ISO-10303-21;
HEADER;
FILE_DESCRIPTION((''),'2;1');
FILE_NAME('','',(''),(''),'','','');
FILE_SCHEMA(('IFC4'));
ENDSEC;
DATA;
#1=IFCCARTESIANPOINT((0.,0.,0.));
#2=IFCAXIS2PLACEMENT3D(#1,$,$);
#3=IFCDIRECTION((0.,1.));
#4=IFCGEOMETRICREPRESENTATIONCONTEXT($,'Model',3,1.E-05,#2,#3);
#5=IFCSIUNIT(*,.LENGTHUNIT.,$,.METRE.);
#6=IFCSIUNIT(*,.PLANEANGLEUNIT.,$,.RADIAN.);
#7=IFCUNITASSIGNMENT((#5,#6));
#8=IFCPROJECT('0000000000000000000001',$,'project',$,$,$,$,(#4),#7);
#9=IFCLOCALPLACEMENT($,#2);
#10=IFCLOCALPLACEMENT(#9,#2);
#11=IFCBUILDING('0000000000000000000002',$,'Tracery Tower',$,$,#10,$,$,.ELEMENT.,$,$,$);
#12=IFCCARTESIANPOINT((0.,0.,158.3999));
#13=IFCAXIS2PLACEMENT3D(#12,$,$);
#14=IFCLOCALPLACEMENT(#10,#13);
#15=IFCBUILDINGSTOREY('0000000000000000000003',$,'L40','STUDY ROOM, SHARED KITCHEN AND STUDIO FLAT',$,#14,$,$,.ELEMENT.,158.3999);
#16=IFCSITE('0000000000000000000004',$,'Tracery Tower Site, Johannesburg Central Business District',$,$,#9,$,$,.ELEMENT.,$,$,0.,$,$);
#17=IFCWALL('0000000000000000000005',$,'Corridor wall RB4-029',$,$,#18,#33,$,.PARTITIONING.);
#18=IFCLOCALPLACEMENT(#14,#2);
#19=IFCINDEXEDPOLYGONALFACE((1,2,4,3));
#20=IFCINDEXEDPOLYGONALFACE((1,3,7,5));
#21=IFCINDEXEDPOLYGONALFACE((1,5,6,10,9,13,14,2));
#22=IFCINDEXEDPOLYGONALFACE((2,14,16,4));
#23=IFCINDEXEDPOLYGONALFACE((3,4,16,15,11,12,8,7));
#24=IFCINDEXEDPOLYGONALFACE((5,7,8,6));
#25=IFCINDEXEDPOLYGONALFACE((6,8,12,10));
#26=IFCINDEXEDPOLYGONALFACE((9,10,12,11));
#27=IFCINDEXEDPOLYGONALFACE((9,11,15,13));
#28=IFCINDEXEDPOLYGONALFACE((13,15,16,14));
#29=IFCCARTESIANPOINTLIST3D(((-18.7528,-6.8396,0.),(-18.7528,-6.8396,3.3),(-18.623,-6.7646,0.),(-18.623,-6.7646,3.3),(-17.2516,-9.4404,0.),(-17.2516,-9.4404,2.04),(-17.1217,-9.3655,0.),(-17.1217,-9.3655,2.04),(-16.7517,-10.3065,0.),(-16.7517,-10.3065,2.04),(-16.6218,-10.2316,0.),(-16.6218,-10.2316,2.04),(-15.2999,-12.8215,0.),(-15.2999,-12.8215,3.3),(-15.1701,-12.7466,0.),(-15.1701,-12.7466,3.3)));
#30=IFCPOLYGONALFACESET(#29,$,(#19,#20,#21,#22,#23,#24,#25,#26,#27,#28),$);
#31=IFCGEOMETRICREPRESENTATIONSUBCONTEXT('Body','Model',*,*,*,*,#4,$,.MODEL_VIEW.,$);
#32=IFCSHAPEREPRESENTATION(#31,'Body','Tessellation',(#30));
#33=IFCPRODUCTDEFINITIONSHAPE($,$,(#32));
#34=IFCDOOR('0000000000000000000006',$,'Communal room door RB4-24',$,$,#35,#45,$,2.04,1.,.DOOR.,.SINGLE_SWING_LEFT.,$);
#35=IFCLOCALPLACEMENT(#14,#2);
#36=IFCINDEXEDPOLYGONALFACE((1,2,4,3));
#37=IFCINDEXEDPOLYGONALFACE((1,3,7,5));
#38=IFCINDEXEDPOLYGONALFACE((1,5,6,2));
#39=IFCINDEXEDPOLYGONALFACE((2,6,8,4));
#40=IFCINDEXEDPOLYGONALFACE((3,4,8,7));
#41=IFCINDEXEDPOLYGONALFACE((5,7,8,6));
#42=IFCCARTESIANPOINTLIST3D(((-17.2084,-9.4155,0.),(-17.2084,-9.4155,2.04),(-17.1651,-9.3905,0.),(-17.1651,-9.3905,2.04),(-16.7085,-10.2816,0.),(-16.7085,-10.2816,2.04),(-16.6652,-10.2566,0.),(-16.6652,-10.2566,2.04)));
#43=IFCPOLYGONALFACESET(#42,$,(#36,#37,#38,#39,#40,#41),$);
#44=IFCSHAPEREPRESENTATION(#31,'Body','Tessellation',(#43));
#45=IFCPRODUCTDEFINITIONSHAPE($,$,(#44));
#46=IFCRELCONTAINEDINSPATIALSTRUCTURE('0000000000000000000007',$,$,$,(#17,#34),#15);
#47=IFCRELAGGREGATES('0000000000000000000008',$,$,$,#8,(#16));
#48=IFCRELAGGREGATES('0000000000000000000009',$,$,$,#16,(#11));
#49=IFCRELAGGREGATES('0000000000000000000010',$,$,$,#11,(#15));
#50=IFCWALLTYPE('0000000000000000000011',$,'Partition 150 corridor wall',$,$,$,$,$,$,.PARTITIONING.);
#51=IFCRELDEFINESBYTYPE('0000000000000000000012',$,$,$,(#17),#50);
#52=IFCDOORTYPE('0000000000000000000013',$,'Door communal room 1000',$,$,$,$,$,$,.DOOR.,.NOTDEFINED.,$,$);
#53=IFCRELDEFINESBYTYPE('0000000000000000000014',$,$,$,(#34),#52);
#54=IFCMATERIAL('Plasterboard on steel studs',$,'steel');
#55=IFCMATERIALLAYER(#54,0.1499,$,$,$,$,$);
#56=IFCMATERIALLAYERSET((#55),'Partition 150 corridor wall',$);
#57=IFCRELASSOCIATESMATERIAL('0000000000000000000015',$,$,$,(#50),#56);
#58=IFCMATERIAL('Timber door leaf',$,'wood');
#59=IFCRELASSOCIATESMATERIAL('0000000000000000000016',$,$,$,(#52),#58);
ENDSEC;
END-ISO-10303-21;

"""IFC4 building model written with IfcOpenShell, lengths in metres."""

from ifc_helpers import new_model, si_unit, direction, frame, frame_2d, origin, place, context, subcontext, project, spatial, rectangle, extrude, material, layer, layer_set, type_object, element, fill, save


model = new_model("IFC4")

# Units and contexts
model_context = context("Model", 3, precision=1e-05, world=origin(), true_north=direction((0.0, 1.0)))
body_context = subcontext(model_context, "Body", "Model", "MODEL_VIEW")
ifc_project = project(units=[si_unit("LENGTHUNIT", "METRE"), si_unit("PLANEANGLEUNIT", "RADIAN")], contexts=[model_context])

# Site, building, storey
site_placement = place(None, origin())
site = spatial("IfcSite", under=ifc_project, at=site_placement, Name="Tracery Tower Site, Johannesburg Central Business District", CompositionType="ELEMENT", RefElevation=0.0)
building_placement = place(site_placement, origin())
building = spatial("IfcBuilding", under=site, at=building_placement, Name="Tracery Tower", CompositionType="ELEMENT")
storey_placement = place(building_placement, frame((0.0, 0.0, 158.3999)))
storey = spatial("IfcBuildingStorey", under=building, at=storey_placement, Name="L40", Description="STUDY ROOM, SHARED KITCHEN AND STUDIO FLAT", CompositionType="ELEMENT", Elevation=158.3999)

# Shared definitions
ifc_material_1 = material(Name="Plasterboard on steel studs", Category="steel")
ifc_layer_1 = layer(ifc_material_1, 0.1499)
ifc_layer_set_1 = layer_set([ifc_layer_1], Name="Partition 150 corridor wall")
wall_type_1 = type_object("IfcWallType", Name="Partition 150 corridor wall", PredefinedType="PARTITIONING", material=ifc_layer_set_1)

# Wall, opening, door
wall_1_placement = place(storey_placement, frame((-18.688, -6.802, 0.0), z_axis=(0.0, 0.0, 1.0), x_axis=(0.499914, -0.866075, 0.0)))
wall_1 = element("IfcWall", 1, at=wall_1_placement, inside=storey, type_object=wall_type_1, Name="Corridor wall RB4-029", PredefinedType="PARTITIONING", context=body_context, shape_type="SweptSolid", body=[
    extrude(rectangle(XDim=6.907, YDim=0.1499, at=frame_2d((3.4536, 0.0))), origin(), (0.0, 0.0, 1.0), 3.3),
])
opening_1_placement = place(wall_1_placement, frame((3.0032, 0.0, 0.0)))
opening_1 = element("IfcOpeningElement", 2, at=opening_1_placement, cuts=wall_1, PredefinedType="OPENING", context=body_context, shape_type="SweptSolid", body=[
    extrude(rectangle(XDim=1.0, YDim=2.04, at=frame_2d((0.5, 1.02))), frame((0.0, 0.075, 0.0), z_axis=(0.0, -1.0, 0.0), x_axis=(1.0, 0.0, 0.0)), (0.0, 0.0, 1.0), 0.1499),
])
ifc_material_2 = material(Name="Timber door leaf", Category="wood")
door_type_1 = type_object("IfcDoorType", Name="Door communal room 1000", OperationType="NOTDEFINED", PredefinedType="DOOR", material=ifc_material_2)
door_1_placement = place(opening_1_placement, origin())
door_1 = element("IfcDoor", 3, at=door_1_placement, inside=storey, type_object=door_type_1, Name="Communal room door RB4-24", OperationType="SINGLE_SWING_LEFT", OverallHeight=2.04, OverallWidth=1.0, PredefinedType="DOOR", context=body_context, shape_type="SweptSolid", body=[
    extrude(rectangle(XDim=1.0, YDim=2.04, at=frame_2d((0.5, 1.02))), frame((0.0, 0.0249, 0.0), z_axis=(0.0, -1.0, 0.0), x_axis=(1.0, 0.0, 0.0)), (0.0, 0.0, 1.0), 0.05),
])
fill(opening_1, door_1)

save(model, "model.ifc")
